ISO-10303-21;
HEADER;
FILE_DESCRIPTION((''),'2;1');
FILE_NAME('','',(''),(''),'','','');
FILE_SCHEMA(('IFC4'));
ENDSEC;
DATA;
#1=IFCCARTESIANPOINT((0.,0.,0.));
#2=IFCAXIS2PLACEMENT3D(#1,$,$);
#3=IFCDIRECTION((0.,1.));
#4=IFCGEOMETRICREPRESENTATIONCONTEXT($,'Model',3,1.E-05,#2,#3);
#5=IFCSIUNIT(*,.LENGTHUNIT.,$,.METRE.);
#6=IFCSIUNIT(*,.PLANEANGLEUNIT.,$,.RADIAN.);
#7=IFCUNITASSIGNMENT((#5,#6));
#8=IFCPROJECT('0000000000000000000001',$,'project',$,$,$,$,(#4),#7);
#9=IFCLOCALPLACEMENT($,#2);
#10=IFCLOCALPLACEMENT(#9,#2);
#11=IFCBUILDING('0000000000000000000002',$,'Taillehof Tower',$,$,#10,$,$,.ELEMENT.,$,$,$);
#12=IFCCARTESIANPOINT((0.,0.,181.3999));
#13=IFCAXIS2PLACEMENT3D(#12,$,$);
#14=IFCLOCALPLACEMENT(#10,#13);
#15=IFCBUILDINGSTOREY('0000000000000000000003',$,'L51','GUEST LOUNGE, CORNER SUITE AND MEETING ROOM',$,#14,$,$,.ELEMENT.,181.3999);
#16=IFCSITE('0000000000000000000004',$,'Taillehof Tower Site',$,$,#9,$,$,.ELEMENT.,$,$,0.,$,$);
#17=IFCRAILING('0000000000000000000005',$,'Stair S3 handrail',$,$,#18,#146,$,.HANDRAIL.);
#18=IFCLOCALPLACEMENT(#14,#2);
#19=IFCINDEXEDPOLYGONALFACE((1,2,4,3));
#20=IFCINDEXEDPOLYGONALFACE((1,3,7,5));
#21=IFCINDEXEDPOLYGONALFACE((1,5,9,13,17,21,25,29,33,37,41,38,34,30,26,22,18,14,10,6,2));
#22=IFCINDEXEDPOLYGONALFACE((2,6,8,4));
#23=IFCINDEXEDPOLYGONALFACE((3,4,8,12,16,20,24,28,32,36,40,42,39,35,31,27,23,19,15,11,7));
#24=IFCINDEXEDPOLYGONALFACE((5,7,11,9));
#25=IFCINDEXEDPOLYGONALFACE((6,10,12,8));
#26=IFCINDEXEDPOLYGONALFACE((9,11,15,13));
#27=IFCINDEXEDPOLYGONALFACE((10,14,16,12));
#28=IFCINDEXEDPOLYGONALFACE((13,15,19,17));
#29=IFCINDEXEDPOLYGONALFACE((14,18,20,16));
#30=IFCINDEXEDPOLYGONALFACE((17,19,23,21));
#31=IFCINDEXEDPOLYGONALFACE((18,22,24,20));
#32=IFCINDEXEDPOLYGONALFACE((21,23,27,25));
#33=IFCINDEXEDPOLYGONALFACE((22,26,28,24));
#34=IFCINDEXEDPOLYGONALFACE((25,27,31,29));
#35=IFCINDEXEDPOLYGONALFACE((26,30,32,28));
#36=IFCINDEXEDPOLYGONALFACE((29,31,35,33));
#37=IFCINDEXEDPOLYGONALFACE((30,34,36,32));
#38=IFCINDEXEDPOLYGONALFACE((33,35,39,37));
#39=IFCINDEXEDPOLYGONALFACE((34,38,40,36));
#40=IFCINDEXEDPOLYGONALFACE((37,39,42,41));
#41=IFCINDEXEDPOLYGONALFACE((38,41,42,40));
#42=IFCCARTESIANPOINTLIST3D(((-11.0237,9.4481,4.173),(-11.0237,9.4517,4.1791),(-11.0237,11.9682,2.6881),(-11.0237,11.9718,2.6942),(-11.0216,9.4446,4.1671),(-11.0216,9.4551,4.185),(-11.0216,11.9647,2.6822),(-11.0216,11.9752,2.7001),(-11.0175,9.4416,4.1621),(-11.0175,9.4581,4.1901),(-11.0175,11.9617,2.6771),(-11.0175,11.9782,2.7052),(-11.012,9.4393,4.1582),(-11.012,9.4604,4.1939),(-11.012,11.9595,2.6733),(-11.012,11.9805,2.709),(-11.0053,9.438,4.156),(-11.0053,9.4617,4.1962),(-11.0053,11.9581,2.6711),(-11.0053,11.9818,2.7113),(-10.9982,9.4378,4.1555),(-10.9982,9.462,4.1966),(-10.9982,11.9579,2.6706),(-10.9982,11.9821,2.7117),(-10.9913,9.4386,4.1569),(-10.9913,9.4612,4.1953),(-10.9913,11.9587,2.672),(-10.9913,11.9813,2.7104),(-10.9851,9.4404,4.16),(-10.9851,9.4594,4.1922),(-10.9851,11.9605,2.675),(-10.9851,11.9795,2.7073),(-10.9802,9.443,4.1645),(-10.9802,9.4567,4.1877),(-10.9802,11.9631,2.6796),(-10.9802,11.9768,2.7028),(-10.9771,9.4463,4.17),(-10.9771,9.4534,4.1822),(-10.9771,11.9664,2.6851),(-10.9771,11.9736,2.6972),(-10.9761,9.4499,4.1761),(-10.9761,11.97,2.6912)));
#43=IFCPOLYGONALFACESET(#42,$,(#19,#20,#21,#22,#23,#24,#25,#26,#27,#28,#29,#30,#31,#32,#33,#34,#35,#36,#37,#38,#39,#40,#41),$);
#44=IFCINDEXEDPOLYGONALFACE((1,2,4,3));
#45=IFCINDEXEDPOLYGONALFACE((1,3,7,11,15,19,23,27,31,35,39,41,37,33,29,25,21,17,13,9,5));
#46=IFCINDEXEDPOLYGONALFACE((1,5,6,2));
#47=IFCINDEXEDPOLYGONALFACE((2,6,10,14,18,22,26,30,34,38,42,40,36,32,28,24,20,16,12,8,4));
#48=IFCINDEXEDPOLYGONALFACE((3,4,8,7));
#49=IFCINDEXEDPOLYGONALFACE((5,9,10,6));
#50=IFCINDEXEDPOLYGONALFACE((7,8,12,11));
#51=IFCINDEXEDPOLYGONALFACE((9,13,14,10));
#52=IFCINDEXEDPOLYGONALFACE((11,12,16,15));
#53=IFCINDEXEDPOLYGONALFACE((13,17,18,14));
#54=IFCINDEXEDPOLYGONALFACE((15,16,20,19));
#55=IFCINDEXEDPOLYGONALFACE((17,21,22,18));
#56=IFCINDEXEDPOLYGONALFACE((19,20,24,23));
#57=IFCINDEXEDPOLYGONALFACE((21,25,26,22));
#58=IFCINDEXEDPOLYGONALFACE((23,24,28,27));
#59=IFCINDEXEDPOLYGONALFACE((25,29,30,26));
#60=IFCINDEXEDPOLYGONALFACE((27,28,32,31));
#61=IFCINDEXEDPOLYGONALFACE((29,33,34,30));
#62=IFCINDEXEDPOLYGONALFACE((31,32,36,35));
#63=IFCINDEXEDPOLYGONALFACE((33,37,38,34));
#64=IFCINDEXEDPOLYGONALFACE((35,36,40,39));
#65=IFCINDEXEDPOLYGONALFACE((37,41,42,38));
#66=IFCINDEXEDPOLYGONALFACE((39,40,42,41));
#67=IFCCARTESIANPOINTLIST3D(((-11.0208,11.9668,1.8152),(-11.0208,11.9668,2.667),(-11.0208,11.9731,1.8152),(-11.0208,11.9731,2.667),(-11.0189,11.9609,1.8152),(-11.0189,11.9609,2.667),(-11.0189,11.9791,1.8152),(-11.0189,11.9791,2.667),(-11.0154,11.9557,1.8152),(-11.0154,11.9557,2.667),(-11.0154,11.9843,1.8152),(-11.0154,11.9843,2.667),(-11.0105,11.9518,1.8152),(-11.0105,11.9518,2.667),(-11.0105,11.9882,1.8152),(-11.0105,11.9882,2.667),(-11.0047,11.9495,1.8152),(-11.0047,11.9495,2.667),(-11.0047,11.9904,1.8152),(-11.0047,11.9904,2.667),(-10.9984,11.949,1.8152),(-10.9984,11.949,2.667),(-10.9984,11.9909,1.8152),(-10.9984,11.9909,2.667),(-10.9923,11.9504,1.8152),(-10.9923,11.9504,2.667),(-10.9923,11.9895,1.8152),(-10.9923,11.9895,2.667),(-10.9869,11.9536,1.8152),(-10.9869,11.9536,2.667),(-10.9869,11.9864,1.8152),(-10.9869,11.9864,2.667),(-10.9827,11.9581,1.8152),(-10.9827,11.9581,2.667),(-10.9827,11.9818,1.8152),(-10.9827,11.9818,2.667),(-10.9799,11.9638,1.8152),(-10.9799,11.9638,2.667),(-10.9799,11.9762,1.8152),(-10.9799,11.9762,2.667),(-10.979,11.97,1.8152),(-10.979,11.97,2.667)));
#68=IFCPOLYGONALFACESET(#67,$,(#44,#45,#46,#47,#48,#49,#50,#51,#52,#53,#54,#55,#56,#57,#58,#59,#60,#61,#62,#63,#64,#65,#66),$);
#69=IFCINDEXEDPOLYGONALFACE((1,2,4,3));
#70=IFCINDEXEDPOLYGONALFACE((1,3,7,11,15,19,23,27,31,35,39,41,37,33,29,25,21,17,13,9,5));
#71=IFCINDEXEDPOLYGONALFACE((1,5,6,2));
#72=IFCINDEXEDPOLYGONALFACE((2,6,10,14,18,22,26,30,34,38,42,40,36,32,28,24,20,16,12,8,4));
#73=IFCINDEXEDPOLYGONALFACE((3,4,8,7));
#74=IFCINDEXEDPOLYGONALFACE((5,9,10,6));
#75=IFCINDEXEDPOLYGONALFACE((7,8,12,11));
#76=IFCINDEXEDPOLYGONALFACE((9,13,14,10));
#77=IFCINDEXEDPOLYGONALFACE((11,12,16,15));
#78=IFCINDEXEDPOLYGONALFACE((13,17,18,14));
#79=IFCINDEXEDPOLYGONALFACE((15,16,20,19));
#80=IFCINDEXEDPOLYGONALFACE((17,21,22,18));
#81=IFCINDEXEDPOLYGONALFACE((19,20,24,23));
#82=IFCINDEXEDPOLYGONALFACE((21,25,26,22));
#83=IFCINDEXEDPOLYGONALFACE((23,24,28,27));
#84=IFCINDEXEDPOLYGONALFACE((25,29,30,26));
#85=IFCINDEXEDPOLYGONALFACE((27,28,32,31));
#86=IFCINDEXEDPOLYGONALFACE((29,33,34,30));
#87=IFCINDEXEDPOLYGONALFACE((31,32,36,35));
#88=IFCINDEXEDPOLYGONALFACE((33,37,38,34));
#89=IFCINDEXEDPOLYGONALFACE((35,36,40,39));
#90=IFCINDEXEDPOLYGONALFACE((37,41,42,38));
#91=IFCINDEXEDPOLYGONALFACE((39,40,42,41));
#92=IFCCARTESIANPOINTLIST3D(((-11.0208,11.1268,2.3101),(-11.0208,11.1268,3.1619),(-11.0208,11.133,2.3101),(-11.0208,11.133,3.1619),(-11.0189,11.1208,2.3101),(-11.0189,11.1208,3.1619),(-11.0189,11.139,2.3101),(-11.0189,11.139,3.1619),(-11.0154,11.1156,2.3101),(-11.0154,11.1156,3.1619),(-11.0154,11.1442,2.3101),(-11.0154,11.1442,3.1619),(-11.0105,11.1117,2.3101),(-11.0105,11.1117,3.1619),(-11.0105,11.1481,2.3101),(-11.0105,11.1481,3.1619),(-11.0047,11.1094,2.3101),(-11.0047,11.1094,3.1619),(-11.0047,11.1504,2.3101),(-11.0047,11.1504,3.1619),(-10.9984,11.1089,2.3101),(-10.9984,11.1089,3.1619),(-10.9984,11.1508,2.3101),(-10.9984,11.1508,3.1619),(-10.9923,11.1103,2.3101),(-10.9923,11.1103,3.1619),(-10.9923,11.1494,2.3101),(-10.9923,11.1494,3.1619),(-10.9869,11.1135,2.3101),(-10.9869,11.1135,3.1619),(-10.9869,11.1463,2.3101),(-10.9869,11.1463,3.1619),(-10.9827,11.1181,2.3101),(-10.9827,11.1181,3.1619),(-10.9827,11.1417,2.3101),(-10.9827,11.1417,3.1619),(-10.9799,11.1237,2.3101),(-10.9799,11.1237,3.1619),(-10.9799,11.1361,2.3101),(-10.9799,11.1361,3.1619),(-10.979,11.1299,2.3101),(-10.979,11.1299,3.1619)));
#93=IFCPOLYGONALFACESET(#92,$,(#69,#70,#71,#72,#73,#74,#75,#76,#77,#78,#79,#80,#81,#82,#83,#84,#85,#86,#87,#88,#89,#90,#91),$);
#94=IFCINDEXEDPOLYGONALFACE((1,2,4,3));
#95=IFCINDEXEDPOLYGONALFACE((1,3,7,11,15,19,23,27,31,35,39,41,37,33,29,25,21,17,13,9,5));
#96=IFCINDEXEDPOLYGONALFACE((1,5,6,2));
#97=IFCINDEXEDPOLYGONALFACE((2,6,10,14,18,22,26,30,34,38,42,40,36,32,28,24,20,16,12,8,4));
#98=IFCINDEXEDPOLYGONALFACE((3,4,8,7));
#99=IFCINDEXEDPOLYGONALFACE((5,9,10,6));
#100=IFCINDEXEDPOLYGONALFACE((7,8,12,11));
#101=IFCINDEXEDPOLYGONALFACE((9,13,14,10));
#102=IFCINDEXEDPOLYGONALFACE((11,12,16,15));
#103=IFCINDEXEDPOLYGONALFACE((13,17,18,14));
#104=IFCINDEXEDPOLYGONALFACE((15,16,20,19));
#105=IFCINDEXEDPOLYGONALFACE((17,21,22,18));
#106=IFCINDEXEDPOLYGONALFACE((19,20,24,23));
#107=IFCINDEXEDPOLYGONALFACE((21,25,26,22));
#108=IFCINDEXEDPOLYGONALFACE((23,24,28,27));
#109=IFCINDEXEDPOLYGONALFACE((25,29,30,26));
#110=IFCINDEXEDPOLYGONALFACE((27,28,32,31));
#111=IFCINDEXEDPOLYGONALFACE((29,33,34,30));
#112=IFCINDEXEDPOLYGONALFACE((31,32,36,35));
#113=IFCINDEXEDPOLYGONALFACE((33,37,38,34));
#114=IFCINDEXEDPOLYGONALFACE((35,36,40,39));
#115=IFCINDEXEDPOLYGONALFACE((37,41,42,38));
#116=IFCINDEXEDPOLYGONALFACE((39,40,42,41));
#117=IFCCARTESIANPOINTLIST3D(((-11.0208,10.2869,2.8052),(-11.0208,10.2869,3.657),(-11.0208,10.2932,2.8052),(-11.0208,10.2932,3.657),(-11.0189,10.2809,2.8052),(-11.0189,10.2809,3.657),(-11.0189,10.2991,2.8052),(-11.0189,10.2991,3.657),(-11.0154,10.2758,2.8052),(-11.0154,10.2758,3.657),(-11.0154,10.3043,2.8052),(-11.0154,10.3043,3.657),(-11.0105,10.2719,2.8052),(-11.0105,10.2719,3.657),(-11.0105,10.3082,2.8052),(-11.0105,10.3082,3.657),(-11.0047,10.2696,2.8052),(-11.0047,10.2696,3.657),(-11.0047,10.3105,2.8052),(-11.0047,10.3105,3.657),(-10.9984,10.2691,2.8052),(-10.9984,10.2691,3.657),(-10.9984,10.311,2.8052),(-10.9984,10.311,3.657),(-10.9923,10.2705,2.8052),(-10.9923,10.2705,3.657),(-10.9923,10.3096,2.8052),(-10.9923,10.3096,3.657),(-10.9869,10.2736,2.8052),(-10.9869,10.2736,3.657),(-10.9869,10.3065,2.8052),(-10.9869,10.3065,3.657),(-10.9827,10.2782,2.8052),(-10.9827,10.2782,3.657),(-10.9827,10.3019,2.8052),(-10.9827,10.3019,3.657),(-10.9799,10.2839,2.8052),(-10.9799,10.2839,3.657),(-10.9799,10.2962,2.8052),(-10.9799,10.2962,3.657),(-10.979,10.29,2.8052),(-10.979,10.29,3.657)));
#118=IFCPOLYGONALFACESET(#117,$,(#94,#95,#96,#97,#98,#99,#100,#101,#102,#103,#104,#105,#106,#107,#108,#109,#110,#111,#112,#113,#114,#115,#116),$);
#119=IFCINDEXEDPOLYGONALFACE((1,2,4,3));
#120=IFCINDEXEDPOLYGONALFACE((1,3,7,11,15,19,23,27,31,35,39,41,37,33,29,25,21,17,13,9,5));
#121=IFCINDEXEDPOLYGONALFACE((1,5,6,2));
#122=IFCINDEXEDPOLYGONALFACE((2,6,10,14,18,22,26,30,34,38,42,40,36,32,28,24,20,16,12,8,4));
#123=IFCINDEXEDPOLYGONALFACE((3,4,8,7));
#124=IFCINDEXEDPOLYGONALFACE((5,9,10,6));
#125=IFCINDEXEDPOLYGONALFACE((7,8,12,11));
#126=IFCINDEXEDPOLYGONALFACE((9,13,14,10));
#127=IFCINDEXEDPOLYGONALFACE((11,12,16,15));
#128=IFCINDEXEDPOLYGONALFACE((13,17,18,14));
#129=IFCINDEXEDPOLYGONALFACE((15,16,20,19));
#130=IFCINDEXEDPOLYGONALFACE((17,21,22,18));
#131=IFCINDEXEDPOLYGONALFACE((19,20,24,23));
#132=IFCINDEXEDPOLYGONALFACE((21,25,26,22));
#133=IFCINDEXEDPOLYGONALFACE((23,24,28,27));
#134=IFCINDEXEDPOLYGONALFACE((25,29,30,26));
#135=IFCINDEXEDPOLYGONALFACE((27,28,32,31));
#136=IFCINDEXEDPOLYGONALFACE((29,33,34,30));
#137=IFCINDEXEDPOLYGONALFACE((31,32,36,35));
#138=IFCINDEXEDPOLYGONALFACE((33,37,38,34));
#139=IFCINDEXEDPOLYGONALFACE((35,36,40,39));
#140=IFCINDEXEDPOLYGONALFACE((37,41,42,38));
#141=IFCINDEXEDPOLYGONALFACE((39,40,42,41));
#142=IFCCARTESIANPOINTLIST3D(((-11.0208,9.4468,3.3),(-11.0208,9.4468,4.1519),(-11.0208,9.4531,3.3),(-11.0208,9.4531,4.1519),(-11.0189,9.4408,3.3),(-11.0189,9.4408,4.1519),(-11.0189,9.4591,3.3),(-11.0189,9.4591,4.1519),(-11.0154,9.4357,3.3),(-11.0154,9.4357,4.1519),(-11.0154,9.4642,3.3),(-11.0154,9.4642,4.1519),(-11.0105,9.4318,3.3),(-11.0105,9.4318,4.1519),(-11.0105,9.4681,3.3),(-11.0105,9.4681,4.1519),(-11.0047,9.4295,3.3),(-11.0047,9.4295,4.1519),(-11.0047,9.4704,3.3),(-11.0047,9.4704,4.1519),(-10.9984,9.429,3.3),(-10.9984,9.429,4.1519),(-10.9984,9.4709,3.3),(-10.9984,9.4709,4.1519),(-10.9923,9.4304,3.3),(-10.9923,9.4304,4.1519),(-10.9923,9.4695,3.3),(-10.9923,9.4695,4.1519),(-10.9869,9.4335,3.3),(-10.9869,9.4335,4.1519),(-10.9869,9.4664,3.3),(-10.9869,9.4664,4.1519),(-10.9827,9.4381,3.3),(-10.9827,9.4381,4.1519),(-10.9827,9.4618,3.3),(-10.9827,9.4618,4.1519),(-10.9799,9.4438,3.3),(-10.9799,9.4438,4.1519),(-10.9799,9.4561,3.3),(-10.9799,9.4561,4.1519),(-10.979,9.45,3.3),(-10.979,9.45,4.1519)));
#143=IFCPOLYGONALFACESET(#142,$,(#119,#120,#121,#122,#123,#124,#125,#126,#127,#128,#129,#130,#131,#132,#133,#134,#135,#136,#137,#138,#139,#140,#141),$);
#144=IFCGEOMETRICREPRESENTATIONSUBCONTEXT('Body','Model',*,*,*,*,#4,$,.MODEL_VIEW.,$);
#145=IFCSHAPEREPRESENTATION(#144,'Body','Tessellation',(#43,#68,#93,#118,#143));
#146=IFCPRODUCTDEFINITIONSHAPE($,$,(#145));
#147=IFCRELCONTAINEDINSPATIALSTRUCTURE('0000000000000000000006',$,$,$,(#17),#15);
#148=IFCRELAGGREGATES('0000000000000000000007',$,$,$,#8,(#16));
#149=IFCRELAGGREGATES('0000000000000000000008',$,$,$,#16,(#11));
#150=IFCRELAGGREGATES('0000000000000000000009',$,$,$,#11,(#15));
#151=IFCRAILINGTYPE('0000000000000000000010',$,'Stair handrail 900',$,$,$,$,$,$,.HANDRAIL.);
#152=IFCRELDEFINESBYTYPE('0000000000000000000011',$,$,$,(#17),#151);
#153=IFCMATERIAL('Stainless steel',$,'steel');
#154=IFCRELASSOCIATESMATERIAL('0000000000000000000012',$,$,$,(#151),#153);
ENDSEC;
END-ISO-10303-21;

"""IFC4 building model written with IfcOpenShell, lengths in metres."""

from ifc_helpers import new_model, si_unit, direction, frame, origin, origin_2d, place, context, subcontext, project, spatial, circle, extrude, material, type_object, element, save


model = new_model("IFC4")

# Units and contexts
model_context = context("Model", 3, precision=1e-05, world=origin(), true_north=direction((0.0, 1.0)))
body_context = subcontext(model_context, "Body", "Model", "MODEL_VIEW")
ifc_project = project(units=[si_unit("LENGTHUNIT", "METRE"), si_unit("PLANEANGLEUNIT", "RADIAN")], contexts=[model_context])

# Site, building, storey
site_placement = place(None, origin())
site = spatial("IfcSite", under=ifc_project, at=site_placement, Name="Taillehof Tower Site", CompositionType="ELEMENT", RefElevation=0.0)
building_placement = place(site_placement, origin())
building = spatial("IfcBuilding", under=site, at=building_placement, Name="Taillehof Tower", CompositionType="ELEMENT")
storey_placement = place(building_placement, frame((0.0, 0.0, 181.3999)))
storey = spatial("IfcBuildingStorey", under=building, at=storey_placement, Name="L51", Description="GUEST LOUNGE, CORNER SUITE AND MEETING ROOM", CompositionType="ELEMENT", Elevation=181.3999)

# Railing
ifc_material_1 = material(Name="Stainless steel", Category="steel")
railing_type = type_object("IfcRailingType", Name="Stair handrail 900", PredefinedType="HANDRAIL", material=ifc_material_1)
railing_placement = place(storey_placement, frame((-11.0, 11.97, 1.8152)))
element("IfcRailing", 1, at=railing_placement, inside=storey, type_object=railing_type, Name="Stair S3 handrail", PredefinedType="HANDRAIL", context=body_context, shape_type="SweptSolid", body=[
    extrude(circle(Radius=0.0239, at=origin_2d()), frame((0.0, 0.0, 0.876), z_axis=(0.0, -0.861561, 0.507655), x_axis=(1.0, 0.0, 0.0)), (0.0, 0.0, 1.0), 2.925),
    extrude(circle(Radius=0.021, at=origin_2d()), origin(), (0.0, 0.0, 1.0), 0.8518),
    extrude(circle(Radius=0.021, at=origin_2d()), frame((0.0, -0.8401, 0.4949)), (0.0, 0.0, 1.0), 0.8518),
    extrude(circle(Radius=0.021, at=origin_2d()), frame((0.0, -1.6799, 0.99)), (0.0, 0.0, 1.0), 0.8518),
    extrude(circle(Radius=0.021, at=origin_2d()), frame((0.0, -2.52, 1.4849)), (0.0, 0.0, 1.0), 0.8518),
])

save(model, "model.ifc")
